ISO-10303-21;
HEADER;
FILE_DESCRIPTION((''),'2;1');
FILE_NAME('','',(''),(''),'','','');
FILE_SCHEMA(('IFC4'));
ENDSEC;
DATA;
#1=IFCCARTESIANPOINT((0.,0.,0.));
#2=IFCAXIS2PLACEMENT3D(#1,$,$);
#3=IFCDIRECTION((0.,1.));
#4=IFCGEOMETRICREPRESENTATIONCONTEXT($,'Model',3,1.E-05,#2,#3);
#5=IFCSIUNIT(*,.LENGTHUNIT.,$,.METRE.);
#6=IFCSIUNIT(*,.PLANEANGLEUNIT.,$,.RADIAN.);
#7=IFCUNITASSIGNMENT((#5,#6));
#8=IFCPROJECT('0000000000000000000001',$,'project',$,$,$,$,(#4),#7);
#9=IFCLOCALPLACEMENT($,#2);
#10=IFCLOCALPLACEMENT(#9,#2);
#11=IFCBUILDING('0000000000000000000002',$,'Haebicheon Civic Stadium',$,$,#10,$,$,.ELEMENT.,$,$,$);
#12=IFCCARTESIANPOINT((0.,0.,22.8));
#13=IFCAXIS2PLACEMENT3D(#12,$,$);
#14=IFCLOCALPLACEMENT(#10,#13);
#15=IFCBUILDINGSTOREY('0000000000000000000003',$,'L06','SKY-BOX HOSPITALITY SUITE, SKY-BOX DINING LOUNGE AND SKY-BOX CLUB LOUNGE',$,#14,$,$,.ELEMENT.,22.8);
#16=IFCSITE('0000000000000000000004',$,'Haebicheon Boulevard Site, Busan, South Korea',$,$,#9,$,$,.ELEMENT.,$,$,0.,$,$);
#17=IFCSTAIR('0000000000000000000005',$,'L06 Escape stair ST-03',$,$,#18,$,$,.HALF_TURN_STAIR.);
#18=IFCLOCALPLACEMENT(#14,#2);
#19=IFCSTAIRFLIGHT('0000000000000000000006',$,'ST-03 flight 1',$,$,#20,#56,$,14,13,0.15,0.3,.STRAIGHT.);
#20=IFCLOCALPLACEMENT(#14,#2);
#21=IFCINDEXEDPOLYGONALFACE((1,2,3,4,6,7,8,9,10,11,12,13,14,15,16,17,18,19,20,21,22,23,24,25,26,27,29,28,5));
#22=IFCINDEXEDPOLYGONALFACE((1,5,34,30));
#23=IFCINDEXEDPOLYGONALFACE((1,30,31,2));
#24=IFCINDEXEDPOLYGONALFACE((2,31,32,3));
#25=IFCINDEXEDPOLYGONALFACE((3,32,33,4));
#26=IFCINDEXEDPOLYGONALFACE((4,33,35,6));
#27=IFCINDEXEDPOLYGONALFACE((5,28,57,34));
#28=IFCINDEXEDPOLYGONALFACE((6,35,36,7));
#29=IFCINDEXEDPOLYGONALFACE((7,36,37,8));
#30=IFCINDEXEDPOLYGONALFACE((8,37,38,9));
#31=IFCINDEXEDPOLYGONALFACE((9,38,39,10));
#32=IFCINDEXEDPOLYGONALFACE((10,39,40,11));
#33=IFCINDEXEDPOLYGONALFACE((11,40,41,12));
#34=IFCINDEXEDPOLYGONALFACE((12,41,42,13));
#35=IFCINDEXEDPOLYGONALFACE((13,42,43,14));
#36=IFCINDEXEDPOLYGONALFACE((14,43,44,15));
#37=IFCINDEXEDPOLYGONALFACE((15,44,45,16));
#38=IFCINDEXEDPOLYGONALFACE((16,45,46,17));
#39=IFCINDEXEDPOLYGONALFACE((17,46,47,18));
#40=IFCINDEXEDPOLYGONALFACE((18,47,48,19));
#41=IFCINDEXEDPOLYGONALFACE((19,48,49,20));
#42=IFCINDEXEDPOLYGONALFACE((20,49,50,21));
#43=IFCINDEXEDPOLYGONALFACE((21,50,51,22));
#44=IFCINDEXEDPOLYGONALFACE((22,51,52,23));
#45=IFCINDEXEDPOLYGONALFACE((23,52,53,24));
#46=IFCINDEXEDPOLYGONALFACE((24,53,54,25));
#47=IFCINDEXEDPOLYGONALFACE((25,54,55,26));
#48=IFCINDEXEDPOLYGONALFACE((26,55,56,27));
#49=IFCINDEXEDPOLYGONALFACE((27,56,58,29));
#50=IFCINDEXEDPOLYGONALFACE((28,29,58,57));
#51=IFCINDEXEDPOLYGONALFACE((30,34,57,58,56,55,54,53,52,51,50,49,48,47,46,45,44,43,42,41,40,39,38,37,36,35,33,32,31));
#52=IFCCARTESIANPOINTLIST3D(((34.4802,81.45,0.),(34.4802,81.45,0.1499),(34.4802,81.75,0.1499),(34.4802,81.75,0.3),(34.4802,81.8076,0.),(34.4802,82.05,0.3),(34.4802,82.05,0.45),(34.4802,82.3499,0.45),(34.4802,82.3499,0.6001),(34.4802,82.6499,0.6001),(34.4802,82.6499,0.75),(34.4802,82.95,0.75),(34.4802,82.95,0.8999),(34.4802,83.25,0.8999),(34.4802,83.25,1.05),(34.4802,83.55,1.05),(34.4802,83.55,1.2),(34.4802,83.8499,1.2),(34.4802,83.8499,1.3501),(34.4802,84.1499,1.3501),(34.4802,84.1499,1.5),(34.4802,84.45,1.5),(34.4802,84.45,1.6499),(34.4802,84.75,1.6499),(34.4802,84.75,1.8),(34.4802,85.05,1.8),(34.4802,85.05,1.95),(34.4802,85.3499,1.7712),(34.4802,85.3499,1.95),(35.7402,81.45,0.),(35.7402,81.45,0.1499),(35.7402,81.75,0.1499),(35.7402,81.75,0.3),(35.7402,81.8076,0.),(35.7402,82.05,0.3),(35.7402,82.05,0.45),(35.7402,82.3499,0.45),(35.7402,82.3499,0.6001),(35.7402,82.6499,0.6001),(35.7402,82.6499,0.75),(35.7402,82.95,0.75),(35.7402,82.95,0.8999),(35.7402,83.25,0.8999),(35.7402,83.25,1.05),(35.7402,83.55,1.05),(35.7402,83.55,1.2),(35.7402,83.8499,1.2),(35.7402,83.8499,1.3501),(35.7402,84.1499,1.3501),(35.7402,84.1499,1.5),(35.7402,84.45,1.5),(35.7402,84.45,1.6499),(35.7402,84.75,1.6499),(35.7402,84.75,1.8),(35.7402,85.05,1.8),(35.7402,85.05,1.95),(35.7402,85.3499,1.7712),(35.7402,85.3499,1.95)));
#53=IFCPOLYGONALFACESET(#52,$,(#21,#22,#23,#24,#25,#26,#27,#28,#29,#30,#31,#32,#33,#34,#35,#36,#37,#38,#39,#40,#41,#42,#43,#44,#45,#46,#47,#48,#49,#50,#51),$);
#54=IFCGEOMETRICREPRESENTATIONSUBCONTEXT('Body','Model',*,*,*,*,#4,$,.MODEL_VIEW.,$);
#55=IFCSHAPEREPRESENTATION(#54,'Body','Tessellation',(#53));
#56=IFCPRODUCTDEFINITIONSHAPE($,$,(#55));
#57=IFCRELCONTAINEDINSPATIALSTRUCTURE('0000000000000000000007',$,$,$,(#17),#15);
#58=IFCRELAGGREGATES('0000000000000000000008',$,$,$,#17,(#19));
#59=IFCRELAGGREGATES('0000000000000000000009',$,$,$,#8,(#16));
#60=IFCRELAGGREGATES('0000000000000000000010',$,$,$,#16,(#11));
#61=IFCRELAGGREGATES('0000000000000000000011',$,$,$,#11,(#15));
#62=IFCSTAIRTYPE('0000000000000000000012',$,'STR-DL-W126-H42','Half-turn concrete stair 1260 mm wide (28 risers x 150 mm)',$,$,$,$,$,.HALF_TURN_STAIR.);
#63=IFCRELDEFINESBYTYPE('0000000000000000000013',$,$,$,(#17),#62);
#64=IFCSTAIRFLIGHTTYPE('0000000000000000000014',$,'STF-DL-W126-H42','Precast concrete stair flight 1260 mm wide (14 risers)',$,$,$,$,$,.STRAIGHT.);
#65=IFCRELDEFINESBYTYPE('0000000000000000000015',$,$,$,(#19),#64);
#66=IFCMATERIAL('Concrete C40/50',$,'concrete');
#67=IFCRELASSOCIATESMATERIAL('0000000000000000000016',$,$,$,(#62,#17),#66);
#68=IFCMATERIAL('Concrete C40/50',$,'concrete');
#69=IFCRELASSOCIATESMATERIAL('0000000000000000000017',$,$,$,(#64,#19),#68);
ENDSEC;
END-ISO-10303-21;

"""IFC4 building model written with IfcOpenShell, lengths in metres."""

from ifc_helpers import new_model, si_unit, direction, frame, origin, place, context, subcontext, project, spatial, polyline, outline, extrude, material, type_object, element, aggregate, save


model = new_model("IFC4")

# Units and contexts
model_context = context("Model", 3, precision=1e-05, world=origin(), true_north=direction((0.0, 1.0)))
body_context = subcontext(model_context, "Body", "Model", "MODEL_VIEW")
ifc_project = project(units=[si_unit("LENGTHUNIT", "METRE"), si_unit("PLANEANGLEUNIT", "RADIAN")], contexts=[model_context])

# Site, building, storey
site_placement = place(None, origin())
site = spatial("IfcSite", under=ifc_project, at=site_placement, Name="Haebicheon Boulevard Site, Busan, South Korea", CompositionType="ELEMENT", RefElevation=0.0)
building_placement = place(site_placement, origin())
building = spatial("IfcBuilding", under=site, at=building_placement, Name="Haebicheon Civic Stadium", CompositionType="ELEMENT")
storey_placement = place(building_placement, frame((0.0, 0.0, 22.8)))
storey = spatial("IfcBuildingStorey", under=building, at=storey_placement, Name="L06", Description="SKY-BOX HOSPITALITY SUITE, SKY-BOX DINING LOUNGE AND SKY-BOX CLUB LOUNGE", CompositionType="ELEMENT", Elevation=22.8)

# Stair, stair flight
ifc_material_1 = material(Name="Concrete C40/50", Category="concrete")
stair_type = type_object("IfcStairType", Name="STR-DL-W126-H42", Description="Half-turn concrete stair 1260 mm wide (28 risers x 150 mm)", PredefinedType="HALF_TURN_STAIR", material=ifc_material_1)
stair_placement = place(storey_placement, origin())
stair = element("IfcStair", 1, at=stair_placement, inside=storey, type_object=stair_type, material=ifc_material_1, Name="L06 Escape stair ST-03", PredefinedType="HALF_TURN_STAIR")
ifc_material_2 = material(Name="Concrete C40/50", Category="concrete")
stair_flight_type = type_object("IfcStairFlightType", Name="STF-DL-W126-H42", Description="Precast concrete stair flight 1260 mm wide (14 risers)", PredefinedType="STRAIGHT", material=ifc_material_2)
stair_flight_placement = place(storey_placement, frame((35.1101, 81.45, 0.0), z_axis=(0.0, 0.0, 1.0), x_axis=(0.0, 1.0, 0.0)))
stair_flight = element("IfcStairFlight", 2, at=stair_flight_placement, type_object=stair_flight_type, material=ifc_material_2, Name="ST-03 flight 1", NumberOfRisers=14, NumberOfTreads=13, PredefinedType="STRAIGHT", RiserHeight=0.15, TreadLength=0.3, context=body_context, shape_type="SweptSolid", body=[
    extrude(outline(polyline([(0.0, 0.0), (0.0, 0.1499), (0.3, 0.1499), (0.3, 0.3), (0.6001, 0.3), (0.6001, 0.45), (0.8999, 0.45), (0.8999, 0.6001), (1.2, 0.6001), (1.2, 0.75), (1.5, 0.75), (1.5, 0.8999), (1.8, 0.8999), (1.8, 1.05), (2.1001, 1.05), (2.1001, 1.2), (2.3999, 1.2), (2.3999, 1.3501), (2.7, 1.3501), (2.7, 1.5), (3.0, 1.5), (3.0, 1.6499), (3.3, 1.6499), (3.3, 1.8), (3.6001, 1.8), (3.6001, 1.95), (3.8999, 1.95), (3.8999, 2.1001), (3.8999, 1.7712), (0.3577, 0.0), (0.0, 0.0)])), frame((0.0, 0.6299, 0.0), z_axis=(0.0, -1.0, 0.0), x_axis=(1.0, 0.0, 0.0)), (0.0, 0.0, 1.0), 1.26),
])
aggregate(stair, [stair_flight])

save(model, "model.ifc")
